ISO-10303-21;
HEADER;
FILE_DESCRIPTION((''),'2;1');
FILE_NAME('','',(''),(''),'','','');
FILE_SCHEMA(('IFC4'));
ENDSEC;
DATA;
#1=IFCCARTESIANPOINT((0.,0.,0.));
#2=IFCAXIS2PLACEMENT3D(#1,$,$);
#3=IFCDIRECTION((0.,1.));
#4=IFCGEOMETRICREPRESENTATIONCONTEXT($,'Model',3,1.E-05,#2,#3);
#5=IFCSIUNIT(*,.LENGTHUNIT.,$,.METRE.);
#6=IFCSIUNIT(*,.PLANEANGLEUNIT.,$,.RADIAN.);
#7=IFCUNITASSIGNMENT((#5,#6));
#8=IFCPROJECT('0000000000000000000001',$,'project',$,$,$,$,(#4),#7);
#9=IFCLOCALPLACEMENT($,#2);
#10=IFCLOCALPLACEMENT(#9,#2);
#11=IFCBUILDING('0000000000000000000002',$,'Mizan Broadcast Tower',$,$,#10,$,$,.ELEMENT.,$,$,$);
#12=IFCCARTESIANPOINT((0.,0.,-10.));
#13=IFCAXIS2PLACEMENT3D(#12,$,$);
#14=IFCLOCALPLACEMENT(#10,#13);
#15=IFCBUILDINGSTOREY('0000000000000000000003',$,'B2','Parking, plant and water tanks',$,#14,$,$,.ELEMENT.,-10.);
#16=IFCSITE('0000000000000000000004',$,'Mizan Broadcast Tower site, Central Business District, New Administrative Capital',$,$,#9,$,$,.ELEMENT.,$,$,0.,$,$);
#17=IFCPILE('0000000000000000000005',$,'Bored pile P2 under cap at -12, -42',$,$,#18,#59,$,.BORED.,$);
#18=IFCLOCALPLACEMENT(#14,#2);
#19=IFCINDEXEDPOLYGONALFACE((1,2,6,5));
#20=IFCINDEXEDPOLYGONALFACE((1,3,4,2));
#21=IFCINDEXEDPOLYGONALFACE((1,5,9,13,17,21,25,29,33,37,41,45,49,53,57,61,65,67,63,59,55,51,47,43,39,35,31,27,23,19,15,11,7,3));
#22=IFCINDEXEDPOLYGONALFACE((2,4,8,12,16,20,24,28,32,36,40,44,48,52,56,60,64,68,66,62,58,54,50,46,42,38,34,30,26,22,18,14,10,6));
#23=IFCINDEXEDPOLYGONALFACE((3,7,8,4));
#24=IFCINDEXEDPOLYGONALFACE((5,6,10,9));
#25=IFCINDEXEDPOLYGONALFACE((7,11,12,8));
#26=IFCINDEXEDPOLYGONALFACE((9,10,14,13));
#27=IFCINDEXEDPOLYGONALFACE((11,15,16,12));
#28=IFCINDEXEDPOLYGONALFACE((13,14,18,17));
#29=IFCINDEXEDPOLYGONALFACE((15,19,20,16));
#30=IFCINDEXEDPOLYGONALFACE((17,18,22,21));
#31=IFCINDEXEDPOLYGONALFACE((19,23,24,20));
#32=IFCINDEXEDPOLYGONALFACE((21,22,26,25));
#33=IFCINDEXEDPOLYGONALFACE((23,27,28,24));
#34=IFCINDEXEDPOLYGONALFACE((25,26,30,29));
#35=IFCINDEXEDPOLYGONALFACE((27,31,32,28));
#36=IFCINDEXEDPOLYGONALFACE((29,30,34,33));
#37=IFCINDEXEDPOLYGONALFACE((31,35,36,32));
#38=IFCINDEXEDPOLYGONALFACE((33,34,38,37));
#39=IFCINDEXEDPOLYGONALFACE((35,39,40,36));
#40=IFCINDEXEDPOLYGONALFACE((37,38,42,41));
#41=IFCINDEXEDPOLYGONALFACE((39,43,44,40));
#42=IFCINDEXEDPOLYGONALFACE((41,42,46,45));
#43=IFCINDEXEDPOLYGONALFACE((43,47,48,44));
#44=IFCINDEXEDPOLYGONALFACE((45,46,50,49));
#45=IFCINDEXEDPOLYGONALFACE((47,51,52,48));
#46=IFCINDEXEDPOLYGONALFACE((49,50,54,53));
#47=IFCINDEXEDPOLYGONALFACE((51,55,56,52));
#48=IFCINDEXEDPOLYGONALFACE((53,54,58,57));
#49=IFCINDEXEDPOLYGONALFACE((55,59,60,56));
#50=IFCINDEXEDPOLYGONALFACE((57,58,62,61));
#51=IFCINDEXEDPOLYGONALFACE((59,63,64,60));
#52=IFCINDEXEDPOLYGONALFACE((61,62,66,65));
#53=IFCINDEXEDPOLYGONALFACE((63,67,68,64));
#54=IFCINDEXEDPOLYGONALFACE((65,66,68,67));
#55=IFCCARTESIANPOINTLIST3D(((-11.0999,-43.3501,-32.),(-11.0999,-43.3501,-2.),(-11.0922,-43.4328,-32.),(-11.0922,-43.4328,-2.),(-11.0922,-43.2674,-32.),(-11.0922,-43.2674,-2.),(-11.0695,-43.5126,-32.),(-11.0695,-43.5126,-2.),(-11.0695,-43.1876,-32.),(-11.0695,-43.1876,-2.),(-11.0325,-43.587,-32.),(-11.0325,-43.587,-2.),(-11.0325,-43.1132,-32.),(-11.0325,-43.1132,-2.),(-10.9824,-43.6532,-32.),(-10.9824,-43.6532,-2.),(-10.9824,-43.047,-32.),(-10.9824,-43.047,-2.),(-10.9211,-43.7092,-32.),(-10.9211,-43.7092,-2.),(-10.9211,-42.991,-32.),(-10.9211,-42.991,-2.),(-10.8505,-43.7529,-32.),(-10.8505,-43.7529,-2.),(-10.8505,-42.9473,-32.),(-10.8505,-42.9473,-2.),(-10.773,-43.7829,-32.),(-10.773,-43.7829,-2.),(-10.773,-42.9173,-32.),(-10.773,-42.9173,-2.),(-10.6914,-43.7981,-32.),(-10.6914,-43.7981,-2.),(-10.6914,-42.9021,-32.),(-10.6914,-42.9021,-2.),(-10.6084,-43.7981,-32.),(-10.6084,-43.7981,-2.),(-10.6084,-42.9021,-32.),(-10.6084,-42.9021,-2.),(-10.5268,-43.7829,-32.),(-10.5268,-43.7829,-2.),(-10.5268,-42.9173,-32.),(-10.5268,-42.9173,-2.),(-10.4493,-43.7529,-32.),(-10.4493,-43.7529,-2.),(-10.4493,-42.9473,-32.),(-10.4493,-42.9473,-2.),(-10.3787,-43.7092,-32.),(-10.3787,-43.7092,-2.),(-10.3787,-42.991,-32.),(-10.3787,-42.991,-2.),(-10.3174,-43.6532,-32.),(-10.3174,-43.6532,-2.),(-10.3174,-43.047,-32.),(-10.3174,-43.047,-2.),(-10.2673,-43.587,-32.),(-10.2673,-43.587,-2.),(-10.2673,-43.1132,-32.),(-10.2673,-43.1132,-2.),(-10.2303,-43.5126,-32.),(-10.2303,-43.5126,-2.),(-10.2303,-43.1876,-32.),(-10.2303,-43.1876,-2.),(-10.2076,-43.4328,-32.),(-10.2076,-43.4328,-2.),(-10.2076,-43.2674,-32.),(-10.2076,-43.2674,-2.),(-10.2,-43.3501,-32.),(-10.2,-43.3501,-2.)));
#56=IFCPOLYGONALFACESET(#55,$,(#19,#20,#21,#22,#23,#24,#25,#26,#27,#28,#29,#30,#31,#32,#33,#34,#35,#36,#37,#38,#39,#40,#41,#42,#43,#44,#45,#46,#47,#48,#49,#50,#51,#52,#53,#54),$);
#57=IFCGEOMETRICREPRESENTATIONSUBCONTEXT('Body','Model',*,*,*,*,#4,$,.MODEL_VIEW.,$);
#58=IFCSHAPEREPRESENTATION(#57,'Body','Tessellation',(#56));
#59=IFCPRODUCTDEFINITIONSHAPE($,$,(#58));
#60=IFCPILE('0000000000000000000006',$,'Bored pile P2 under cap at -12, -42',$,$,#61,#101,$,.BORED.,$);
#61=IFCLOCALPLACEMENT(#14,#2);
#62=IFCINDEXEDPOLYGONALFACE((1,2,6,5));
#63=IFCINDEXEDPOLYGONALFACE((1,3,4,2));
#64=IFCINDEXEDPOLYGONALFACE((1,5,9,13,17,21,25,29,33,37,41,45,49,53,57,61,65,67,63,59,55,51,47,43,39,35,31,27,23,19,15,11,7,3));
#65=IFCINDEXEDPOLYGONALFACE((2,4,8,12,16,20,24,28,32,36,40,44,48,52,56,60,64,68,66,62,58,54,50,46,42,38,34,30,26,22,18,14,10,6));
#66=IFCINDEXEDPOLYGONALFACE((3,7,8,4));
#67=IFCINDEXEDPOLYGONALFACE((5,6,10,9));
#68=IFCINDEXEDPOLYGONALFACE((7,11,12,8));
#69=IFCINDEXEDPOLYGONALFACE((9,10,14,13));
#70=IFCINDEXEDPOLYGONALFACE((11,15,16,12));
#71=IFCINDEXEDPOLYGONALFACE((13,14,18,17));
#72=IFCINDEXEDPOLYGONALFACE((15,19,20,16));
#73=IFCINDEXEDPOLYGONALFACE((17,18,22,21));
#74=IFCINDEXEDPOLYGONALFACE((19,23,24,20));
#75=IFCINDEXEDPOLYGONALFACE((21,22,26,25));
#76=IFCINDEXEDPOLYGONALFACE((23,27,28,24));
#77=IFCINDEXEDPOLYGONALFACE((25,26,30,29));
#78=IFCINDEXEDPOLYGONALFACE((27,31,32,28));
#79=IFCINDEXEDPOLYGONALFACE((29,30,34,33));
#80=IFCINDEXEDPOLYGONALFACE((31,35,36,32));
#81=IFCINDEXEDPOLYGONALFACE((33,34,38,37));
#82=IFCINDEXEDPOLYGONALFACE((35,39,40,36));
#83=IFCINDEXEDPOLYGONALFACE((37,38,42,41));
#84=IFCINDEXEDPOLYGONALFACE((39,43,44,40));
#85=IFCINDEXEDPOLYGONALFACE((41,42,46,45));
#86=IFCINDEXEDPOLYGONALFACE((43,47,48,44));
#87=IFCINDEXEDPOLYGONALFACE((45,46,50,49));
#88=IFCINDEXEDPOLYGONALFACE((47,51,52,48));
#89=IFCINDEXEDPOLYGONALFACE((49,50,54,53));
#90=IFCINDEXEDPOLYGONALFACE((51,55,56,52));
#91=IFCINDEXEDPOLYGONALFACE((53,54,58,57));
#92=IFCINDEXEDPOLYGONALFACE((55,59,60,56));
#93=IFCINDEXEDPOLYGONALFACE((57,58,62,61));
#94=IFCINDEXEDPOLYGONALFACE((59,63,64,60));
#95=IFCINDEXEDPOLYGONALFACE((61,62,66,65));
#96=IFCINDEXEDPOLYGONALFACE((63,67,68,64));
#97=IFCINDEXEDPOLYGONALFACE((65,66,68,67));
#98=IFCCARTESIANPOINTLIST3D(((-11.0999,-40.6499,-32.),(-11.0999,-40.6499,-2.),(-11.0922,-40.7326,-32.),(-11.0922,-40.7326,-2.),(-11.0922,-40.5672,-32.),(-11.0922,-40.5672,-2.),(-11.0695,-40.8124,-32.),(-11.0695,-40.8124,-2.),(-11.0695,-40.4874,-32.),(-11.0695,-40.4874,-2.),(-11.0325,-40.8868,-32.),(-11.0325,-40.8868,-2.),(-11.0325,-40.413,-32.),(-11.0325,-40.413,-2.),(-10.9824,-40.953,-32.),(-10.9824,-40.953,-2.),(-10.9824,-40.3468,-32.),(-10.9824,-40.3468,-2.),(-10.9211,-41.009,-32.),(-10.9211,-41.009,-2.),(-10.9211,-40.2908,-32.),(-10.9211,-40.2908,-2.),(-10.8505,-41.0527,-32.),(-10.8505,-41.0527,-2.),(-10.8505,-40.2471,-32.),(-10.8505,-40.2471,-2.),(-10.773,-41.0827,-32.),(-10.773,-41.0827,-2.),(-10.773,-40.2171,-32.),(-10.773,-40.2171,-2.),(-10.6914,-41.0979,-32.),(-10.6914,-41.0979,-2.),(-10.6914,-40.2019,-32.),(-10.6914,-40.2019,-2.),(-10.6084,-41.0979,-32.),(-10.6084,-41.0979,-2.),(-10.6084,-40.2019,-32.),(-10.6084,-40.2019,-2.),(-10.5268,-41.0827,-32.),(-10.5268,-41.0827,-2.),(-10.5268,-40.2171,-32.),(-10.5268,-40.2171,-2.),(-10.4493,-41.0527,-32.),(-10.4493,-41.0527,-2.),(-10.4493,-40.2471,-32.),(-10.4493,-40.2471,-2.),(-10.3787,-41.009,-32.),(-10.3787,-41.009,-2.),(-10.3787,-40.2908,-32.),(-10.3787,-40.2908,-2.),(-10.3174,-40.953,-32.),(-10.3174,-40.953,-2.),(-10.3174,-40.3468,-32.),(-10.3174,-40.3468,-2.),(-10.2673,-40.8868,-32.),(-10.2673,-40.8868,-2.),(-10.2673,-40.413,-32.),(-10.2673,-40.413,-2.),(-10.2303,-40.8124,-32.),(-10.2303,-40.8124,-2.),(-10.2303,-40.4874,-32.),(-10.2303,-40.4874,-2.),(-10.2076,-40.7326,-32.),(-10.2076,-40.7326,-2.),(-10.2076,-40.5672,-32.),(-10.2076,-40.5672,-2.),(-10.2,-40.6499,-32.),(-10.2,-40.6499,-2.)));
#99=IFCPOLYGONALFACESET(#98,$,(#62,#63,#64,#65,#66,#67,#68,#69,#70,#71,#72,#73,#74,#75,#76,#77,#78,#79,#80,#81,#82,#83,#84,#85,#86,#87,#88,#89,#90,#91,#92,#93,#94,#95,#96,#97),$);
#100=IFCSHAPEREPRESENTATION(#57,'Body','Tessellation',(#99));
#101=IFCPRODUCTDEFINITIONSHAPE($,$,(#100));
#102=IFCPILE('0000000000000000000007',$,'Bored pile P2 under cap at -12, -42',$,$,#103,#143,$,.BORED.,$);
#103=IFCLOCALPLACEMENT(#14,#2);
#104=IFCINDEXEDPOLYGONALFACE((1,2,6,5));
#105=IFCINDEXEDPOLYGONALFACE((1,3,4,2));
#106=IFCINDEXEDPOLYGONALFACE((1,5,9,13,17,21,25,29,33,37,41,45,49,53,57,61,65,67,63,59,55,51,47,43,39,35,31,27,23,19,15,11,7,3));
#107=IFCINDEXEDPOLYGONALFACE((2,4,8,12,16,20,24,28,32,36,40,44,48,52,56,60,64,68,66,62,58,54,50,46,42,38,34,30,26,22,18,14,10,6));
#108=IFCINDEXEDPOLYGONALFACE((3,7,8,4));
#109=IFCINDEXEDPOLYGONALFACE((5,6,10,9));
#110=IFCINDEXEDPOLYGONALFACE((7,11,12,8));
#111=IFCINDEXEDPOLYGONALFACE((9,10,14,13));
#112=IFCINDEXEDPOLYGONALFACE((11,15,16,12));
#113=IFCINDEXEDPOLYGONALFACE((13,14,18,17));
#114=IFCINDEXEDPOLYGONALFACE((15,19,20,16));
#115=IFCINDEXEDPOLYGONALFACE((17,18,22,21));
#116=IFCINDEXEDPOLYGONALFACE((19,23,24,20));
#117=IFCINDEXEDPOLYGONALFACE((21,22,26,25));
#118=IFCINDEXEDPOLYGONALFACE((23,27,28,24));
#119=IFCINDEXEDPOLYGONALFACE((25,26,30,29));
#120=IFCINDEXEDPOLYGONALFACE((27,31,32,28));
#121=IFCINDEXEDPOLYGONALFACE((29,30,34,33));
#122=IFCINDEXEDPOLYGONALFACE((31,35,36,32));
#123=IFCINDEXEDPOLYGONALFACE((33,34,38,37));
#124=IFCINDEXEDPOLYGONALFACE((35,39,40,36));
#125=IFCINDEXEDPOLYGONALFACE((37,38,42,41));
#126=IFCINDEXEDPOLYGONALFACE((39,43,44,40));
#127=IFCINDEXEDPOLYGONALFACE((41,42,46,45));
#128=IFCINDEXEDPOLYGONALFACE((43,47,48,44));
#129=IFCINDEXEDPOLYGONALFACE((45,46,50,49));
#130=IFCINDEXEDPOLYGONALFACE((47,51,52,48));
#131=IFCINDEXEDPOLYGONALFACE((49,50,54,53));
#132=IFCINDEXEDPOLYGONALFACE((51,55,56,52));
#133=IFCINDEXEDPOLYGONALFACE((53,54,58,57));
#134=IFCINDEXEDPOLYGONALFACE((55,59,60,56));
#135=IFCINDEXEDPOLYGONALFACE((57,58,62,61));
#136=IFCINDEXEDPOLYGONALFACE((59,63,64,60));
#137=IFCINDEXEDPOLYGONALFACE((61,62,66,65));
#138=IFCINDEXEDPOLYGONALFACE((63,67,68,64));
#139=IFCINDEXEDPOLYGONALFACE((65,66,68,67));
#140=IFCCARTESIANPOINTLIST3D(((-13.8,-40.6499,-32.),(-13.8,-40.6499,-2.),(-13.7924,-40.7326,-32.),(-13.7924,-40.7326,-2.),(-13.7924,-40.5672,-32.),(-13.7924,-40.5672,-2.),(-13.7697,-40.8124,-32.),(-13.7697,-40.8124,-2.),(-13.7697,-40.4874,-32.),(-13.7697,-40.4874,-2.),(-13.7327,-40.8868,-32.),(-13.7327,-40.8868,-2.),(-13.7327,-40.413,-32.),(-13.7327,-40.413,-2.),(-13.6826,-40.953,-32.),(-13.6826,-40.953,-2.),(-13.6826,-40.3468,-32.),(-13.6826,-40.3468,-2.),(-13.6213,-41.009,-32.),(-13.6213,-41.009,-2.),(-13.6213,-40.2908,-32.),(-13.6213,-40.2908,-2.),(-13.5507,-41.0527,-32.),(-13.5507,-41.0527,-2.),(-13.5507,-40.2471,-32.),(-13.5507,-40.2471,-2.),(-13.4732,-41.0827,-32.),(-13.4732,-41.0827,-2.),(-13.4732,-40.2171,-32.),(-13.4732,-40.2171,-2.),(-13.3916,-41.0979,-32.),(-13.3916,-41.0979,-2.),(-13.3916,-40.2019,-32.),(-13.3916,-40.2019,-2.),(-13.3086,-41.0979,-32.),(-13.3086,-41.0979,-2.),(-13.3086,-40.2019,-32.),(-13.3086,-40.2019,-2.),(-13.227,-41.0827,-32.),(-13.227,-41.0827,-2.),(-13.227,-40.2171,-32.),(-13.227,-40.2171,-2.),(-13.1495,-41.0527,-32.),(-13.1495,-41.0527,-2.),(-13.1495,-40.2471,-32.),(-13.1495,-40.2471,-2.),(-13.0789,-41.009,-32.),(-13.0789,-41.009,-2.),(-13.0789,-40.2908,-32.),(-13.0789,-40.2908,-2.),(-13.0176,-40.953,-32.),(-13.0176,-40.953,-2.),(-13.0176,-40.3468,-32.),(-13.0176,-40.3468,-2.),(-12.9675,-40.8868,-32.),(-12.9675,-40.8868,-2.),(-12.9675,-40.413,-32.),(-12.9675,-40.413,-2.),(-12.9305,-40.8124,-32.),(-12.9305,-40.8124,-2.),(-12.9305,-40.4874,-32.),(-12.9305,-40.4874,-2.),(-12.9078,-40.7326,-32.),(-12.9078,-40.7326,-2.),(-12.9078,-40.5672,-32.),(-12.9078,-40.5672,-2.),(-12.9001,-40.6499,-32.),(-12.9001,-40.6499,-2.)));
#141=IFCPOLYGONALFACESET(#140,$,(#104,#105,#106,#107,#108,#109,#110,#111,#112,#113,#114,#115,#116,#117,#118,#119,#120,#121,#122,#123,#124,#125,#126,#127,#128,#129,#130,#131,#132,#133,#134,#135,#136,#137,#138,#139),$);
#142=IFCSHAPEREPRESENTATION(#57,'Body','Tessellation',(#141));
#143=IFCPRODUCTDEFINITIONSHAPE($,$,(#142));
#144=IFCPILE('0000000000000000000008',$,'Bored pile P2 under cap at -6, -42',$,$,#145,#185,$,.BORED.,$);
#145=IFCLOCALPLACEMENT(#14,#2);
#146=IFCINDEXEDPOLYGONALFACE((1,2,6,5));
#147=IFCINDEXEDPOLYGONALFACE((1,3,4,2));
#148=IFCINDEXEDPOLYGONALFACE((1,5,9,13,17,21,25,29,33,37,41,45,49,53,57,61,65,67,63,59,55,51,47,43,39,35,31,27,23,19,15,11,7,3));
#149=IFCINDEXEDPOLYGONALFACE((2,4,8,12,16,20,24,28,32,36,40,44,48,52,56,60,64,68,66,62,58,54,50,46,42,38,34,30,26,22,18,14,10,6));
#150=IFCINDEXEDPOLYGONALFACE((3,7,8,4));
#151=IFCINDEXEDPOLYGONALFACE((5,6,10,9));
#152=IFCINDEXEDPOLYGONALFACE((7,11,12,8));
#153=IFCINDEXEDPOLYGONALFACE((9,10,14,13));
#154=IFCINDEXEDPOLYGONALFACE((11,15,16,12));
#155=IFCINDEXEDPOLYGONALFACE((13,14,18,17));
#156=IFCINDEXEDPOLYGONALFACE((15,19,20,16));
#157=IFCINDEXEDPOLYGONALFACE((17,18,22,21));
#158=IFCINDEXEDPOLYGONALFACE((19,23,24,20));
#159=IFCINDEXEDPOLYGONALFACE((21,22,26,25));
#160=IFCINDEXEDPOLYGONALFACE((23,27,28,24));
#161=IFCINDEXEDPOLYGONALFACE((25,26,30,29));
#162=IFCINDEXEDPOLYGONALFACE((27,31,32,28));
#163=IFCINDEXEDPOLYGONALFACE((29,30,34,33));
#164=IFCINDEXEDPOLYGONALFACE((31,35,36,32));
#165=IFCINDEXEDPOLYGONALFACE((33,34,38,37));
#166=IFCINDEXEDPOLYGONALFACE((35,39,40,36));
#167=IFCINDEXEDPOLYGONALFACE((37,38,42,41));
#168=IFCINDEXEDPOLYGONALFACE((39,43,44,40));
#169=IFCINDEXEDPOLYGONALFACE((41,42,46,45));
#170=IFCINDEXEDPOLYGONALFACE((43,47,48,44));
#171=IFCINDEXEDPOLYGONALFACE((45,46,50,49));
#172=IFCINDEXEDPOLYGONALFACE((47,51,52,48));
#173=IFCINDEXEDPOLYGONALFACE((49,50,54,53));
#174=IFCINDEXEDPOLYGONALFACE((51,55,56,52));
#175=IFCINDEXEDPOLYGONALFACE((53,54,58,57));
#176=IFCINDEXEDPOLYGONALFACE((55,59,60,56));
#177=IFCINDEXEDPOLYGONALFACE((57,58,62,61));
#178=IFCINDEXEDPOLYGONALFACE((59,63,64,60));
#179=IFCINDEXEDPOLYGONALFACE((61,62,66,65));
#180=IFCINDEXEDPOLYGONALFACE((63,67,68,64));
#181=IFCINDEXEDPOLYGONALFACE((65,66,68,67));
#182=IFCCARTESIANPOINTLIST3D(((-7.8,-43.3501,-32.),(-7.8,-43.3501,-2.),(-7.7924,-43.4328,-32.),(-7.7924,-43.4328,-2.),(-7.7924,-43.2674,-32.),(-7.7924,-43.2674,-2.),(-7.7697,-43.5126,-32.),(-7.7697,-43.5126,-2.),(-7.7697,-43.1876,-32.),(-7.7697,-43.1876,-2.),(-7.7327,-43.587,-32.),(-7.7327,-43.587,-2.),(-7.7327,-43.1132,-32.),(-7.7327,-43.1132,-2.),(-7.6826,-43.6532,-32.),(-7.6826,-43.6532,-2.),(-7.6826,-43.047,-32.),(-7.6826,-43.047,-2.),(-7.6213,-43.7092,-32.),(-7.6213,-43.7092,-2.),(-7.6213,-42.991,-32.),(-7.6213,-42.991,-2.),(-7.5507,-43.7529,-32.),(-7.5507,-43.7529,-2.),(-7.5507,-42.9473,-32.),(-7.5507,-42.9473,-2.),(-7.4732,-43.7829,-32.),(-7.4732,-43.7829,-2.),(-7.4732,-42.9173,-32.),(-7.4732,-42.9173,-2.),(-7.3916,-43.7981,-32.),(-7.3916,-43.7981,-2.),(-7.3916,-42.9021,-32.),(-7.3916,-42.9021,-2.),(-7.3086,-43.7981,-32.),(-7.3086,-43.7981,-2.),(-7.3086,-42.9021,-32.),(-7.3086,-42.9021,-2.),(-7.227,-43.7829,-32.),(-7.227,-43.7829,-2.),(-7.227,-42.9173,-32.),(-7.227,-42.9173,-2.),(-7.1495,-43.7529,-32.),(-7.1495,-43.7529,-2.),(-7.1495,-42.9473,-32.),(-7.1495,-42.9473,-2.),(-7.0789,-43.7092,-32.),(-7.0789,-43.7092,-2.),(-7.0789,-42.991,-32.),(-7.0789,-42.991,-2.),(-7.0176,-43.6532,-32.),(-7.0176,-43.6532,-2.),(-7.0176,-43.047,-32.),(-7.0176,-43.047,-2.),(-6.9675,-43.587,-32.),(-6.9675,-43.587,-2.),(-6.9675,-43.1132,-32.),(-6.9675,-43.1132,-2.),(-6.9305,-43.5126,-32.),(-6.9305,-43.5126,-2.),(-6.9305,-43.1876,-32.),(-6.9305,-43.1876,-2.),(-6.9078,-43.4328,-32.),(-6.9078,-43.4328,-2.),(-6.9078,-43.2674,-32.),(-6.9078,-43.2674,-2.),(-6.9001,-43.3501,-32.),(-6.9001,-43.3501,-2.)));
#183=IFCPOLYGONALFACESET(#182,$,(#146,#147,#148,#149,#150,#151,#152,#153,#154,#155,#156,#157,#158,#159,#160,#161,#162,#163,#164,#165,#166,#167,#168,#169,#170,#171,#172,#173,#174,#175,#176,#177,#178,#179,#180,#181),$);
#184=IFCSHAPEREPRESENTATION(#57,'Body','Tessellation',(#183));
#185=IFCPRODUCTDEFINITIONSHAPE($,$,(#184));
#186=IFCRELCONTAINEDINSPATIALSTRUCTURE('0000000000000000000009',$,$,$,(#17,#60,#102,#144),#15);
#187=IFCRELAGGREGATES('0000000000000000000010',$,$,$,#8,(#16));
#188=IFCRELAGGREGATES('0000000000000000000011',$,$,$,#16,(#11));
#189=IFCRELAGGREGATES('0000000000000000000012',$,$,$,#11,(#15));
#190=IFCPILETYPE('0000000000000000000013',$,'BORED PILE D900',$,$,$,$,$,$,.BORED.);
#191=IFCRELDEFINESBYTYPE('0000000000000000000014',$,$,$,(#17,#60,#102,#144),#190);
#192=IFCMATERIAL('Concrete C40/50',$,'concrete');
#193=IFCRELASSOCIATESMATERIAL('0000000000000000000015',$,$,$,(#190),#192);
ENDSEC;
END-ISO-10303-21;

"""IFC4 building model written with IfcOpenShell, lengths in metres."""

from ifc_helpers import new_model, si_unit, direction, frame, origin, origin_2d, place, context, subcontext, project, spatial, circle, extrude, material, material_profile, profile_set, type_object, element, save


model = new_model("IFC4")

# Units and contexts
model_context = context("Model", 3, precision=1e-05, world=origin(), true_north=direction((0.0, 1.0)))
body_context = subcontext(model_context, "Body", "Model", "MODEL_VIEW")
ifc_project = project(units=[si_unit("LENGTHUNIT", "METRE"), si_unit("PLANEANGLEUNIT", "RADIAN")], contexts=[model_context])

# Site, building, storey
site_placement = place(None, origin())
site = spatial("IfcSite", under=ifc_project, at=site_placement, Name="Mizan Broadcast Tower site, Central Business District, New Administrative Capital", CompositionType="ELEMENT", RefElevation=0.0)
building_placement = place(site_placement, origin())
building = spatial("IfcBuilding", under=site, at=building_placement, Name="Mizan Broadcast Tower", CompositionType="ELEMENT")
storey_placement = place(building_placement, frame((0.0, 0.0, -10.0)))
storey = spatial("IfcBuildingStorey", under=building, at=storey_placement, Name="B2", Description="Parking, plant and water tanks", CompositionType="ELEMENT", Elevation=-10.0)

# Piles
ifc_material_1 = material(Name="Concrete C40/50", Category="concrete")
ifc_material_profile_1 = material_profile(ifc_material_1, circle(Radius=0.45, at=origin_2d()), Name="D900")
ifc_profile_set_1 = profile_set([ifc_material_profile_1], Name="Concrete C40/50")
pile_type_1 = type_object("IfcPileType", Name="BORED PILE D900", PredefinedType="BORED", material=ifc_profile_set_1)
for number, where, z_axis, x_axis, name in (
    (1, (-10.6499, -43.3501, -2.0), (0.0, 0.0, -1.0), (1.0, 0.0, 0.0), "Bored pile P2 under cap at -12, -42"),
    (2, (-10.6499, -40.6499, -2.0), (0.0, 0.0, -1.0), (1.0, 0.0, 0.0), "Bored pile P2 under cap at -12, -42"),
    (3, (-13.3501, -40.6499, -2.0), (0.0, 0.0, -1.0), (1.0, 0.0, 0.0), "Bored pile P2 under cap at -12, -42"),
    (4, (-7.3501, -43.3501, -2.0), (0.0, 0.0, -1.0), (1.0, 0.0, 0.0), "Bored pile P2 under cap at -6, -42"),
):
    element("IfcPile", number, at=place(storey_placement, frame(where, z_axis=z_axis, x_axis=x_axis)), inside=storey, type_object=pile_type_1, Name=name, PredefinedType="BORED", context=body_context, shape_type="SweptSolid", body=[
        extrude(circle(Radius=0.45, at=origin_2d()), origin(), (0.0, 0.0, 1.0), 30.0),
    ])

save(model, "model.ifc")
